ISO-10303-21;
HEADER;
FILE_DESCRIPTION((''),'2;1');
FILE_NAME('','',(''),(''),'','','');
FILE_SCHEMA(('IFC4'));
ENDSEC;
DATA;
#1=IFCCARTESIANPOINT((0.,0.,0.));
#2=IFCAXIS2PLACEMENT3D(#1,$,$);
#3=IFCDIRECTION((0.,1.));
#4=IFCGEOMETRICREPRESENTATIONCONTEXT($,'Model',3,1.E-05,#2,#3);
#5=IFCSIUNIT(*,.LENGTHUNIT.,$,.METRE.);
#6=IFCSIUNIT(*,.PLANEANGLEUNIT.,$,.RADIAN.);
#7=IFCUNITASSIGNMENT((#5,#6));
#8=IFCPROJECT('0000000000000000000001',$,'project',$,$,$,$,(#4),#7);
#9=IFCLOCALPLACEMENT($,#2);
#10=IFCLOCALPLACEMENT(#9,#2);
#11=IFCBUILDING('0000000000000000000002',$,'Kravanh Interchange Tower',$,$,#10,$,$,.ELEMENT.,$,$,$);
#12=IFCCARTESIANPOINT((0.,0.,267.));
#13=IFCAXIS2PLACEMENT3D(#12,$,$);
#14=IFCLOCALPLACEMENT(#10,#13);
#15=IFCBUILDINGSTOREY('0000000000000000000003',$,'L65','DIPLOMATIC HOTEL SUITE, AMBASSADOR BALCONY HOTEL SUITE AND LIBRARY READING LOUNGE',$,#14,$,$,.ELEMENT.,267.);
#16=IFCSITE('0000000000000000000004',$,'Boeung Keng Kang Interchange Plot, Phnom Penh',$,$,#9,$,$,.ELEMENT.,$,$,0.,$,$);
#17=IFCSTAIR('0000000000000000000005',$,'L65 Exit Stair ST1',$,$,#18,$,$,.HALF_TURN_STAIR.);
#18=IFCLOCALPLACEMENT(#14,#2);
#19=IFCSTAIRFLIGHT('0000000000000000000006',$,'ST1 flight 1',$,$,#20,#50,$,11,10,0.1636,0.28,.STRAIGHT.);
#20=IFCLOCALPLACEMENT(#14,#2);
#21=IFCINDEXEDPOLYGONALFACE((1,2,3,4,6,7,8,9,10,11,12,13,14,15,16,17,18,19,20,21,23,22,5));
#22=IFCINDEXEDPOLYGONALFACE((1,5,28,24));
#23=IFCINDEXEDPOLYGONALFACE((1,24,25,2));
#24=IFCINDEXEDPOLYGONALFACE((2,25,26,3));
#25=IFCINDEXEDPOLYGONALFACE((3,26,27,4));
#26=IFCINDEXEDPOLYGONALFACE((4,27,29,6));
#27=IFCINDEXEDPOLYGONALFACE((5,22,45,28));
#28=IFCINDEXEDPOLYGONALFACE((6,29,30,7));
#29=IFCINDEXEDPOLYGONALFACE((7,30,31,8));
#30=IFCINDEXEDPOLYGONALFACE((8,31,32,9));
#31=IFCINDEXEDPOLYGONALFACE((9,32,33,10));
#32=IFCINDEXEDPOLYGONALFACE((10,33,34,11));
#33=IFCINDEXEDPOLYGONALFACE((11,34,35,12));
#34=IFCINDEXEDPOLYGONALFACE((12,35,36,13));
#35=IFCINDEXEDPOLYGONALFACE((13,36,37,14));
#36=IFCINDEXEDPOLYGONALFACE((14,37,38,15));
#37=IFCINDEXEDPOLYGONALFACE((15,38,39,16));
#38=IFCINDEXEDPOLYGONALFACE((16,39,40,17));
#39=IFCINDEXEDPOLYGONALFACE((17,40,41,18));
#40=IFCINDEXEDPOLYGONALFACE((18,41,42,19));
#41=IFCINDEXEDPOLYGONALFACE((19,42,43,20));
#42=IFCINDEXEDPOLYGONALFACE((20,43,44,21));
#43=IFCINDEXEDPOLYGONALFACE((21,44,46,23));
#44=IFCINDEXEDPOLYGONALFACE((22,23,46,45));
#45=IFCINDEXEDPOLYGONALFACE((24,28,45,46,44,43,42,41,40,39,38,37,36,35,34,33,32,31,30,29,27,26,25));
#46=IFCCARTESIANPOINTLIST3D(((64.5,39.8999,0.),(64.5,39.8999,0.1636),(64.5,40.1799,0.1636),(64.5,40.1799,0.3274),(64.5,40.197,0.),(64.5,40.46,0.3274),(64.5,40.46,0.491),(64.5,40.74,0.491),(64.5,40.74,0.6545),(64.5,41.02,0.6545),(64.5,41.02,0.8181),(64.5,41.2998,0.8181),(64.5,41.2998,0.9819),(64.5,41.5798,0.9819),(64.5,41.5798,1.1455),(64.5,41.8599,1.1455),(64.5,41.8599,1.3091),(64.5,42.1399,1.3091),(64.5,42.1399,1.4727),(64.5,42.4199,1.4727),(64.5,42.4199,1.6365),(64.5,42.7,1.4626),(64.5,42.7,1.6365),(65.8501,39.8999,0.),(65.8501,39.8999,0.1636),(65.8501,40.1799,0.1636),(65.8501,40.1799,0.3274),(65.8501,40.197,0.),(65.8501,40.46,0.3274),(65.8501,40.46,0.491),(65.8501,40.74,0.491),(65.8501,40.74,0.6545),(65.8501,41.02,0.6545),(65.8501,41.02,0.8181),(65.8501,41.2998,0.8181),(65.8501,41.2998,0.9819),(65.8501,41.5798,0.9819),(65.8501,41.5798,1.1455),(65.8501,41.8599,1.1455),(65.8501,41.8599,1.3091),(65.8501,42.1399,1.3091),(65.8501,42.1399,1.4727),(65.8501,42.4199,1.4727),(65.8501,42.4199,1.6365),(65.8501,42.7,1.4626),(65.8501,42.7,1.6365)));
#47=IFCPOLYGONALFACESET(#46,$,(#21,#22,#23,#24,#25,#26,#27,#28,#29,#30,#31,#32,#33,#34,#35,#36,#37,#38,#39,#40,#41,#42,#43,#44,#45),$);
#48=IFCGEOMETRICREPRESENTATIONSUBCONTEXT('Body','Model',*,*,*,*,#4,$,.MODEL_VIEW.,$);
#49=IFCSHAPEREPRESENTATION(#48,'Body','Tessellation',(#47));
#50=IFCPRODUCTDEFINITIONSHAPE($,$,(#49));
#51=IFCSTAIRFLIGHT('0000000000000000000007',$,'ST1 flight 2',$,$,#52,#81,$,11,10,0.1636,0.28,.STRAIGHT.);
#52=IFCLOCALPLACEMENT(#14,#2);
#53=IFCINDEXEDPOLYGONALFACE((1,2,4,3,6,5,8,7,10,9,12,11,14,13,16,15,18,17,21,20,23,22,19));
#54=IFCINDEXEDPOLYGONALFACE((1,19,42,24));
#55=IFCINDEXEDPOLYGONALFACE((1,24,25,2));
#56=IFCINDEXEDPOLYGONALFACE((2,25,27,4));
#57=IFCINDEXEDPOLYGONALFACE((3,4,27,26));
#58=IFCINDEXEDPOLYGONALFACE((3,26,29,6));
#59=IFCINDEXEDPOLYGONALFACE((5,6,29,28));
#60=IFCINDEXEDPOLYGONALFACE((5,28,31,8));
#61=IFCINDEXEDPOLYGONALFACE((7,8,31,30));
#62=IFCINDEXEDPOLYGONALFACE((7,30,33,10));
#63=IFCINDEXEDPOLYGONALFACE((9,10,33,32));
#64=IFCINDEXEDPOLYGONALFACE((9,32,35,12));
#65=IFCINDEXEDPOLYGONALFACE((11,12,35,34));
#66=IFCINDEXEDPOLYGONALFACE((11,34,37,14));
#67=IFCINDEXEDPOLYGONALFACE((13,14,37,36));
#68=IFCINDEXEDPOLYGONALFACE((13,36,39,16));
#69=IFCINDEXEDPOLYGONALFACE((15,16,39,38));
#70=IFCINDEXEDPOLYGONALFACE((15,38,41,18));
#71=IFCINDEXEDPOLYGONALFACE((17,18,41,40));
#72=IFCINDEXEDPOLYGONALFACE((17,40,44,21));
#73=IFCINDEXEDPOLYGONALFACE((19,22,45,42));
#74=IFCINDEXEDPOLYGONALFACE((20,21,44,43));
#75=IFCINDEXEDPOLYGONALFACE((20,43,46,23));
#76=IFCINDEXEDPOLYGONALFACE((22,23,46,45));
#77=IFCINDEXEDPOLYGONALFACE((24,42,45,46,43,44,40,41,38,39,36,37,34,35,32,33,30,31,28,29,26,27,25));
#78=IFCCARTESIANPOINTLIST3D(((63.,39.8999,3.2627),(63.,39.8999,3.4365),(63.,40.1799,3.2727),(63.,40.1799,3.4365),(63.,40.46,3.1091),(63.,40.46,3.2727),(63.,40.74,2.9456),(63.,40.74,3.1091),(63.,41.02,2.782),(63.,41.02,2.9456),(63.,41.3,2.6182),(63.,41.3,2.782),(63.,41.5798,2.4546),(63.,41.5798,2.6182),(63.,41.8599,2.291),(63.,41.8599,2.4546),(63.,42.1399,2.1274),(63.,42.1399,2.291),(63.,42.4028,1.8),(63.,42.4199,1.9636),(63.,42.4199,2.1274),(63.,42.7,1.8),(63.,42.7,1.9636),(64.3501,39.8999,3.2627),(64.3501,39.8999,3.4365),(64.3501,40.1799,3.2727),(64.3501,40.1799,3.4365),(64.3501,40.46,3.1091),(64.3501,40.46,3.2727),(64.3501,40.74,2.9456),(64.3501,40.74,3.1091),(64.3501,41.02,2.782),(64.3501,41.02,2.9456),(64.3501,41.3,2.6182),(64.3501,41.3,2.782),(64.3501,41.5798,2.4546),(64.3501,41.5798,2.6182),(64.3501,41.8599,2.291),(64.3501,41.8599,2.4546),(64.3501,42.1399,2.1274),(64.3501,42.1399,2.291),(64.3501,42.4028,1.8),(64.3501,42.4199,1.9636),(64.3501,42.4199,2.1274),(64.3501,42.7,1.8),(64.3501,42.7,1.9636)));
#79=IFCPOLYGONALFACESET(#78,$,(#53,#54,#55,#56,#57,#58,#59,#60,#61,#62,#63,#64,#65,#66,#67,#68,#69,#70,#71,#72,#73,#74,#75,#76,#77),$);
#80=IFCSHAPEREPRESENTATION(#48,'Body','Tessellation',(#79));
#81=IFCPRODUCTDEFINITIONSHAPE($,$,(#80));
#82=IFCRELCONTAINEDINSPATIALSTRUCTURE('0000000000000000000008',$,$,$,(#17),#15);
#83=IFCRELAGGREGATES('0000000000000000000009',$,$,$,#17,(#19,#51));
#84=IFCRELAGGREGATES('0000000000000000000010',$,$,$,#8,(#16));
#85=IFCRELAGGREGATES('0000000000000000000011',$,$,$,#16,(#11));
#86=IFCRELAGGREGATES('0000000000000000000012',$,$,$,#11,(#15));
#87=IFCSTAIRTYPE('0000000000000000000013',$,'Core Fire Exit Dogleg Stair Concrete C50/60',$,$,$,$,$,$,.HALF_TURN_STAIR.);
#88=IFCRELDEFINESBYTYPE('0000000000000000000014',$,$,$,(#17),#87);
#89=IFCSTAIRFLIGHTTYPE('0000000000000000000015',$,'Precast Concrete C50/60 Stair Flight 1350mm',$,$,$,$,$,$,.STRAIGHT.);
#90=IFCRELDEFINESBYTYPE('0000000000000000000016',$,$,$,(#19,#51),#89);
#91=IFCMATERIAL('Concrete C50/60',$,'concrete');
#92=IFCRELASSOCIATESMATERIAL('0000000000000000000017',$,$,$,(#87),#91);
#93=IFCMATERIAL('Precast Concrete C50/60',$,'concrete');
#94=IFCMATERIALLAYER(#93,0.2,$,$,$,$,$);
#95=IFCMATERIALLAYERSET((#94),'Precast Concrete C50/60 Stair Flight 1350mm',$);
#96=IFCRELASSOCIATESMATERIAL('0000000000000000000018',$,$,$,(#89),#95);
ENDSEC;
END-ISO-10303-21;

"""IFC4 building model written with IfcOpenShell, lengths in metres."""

from ifc_helpers import new_model, si_unit, direction, frame, origin, place, context, subcontext, project, spatial, polyline, outline, extrude, material, layer, layer_set, type_object, element, aggregate, save


model = new_model("IFC4")

# Units and contexts
model_context = context("Model", 3, precision=1e-05, world=origin(), true_north=direction((0.0, 1.0)))
body_context = subcontext(model_context, "Body", "Model", "MODEL_VIEW")
ifc_project = project(units=[si_unit("LENGTHUNIT", "METRE"), si_unit("PLANEANGLEUNIT", "RADIAN")], contexts=[model_context])

# Site, building, storey
site_placement = place(None, origin())
site = spatial("IfcSite", under=ifc_project, at=site_placement, Name="Boeung Keng Kang Interchange Plot, Phnom Penh", CompositionType="ELEMENT", RefElevation=0.0)
building_placement = place(site_placement, origin())
building = spatial("IfcBuilding", under=site, at=building_placement, Name="Kravanh Interchange Tower", CompositionType="ELEMENT")
storey_placement = place(building_placement, frame((0.0, 0.0, 267.0)))
storey = spatial("IfcBuildingStorey", under=building, at=storey_placement, Name="L65", Description="DIPLOMATIC HOTEL SUITE, AMBASSADOR BALCONY HOTEL SUITE AND LIBRARY READING LOUNGE", CompositionType="ELEMENT", Elevation=267.0)

# Stair, stair flights
ifc_material_1 = material(Name="Concrete C50/60", Category="concrete")
stair_type = type_object("IfcStairType", Name="Core Fire Exit Dogleg Stair Concrete C50/60", PredefinedType="HALF_TURN_STAIR", material=ifc_material_1)
stair_placement = place(storey_placement, origin())
stair = element("IfcStair", 1, at=stair_placement, inside=storey, type_object=stair_type, Name="L65 Exit Stair ST1", PredefinedType="HALF_TURN_STAIR")
ifc_material_2 = material(Name="Precast Concrete C50/60", Category="concrete")
ifc_layer_1 = layer(ifc_material_2, 0.2)
ifc_layer_set_1 = layer_set([ifc_layer_1], Name="Precast Concrete C50/60 Stair Flight 1350mm")
stair_flight_type = type_object("IfcStairFlightType", Name="Precast Concrete C50/60 Stair Flight 1350mm", PredefinedType="STRAIGHT", material=ifc_layer_set_1)
stair_flight_1_placement = place(storey_placement, frame((65.175, 39.8999, 0.0), z_axis=(0.0, 0.0, 1.0), x_axis=(0.0, 1.0, 0.0)))
stair_flight_1 = element("IfcStairFlight", 2, at=stair_flight_1_placement, type_object=stair_flight_type, Name="ST1 flight 1", NumberOfRisers=11, NumberOfTreads=10, PredefinedType="STRAIGHT", RiserHeight=0.1636, TreadLength=0.28, context=body_context, shape_type="SweptSolid", body=[
    extrude(outline(polyline([(0.0, 0.0), (0.0, 0.1636), (0.28, 0.1636), (0.28, 0.3274), (0.5601, 0.3274), (0.5601, 0.491), (0.8401, 0.491), (0.8401, 0.6545), (1.1201, 0.6545), (1.1201, 0.8181), (1.3999, 0.8181), (1.3999, 0.9819), (1.6799, 0.9819), (1.6799, 1.1455), (1.96, 1.1455), (1.96, 1.3091), (2.24, 1.3091), (2.24, 1.4727), (2.52, 1.4727), (2.52, 1.6365), (2.8, 1.6365), (2.8, 1.8), (2.8, 1.4626), (0.2971, 0.0), (0.0, 0.0)])), frame((0.0, 0.675, 0.0), z_axis=(0.0, -1.0, 0.0), x_axis=(1.0, 0.0, 0.0)), (0.0, 0.0, 1.0), 1.3501),
])
stair_flight_2_placement = place(storey_placement, frame((63.675, 42.7, 1.8), z_axis=(0.0, 0.0, 1.0), x_axis=(0.0, -1.0, 0.0)))
stair_flight_2 = element("IfcStairFlight", 3, at=stair_flight_2_placement, type_object=stair_flight_type, Name="ST1 flight 2", NumberOfRisers=11, NumberOfTreads=10, PredefinedType="STRAIGHT", RiserHeight=0.1636, TreadLength=0.28, context=body_context, shape_type="SweptSolid", body=[
    extrude(outline(polyline([(0.0, 0.0), (0.0, 0.1636), (0.28, 0.1636), (0.28, 0.3274), (0.5601, 0.3274), (0.5601, 0.491), (0.8401, 0.491), (0.8401, 0.6545), (1.1201, 0.6545), (1.1201, 0.8181), (1.3999, 0.8181), (1.3999, 0.9819), (1.6799, 0.9819), (1.6799, 1.1455), (1.96, 1.1455), (1.96, 1.3091), (2.24, 1.3091), (2.24, 1.4727), (2.52, 1.4727), (2.52, 1.6365), (2.8, 1.6365), (2.8, 1.8), (2.8, 1.4626), (0.2971, 0.0), (0.0, 0.0)])), frame((0.0, 0.675, 0.0), z_axis=(0.0, -1.0, 0.0), x_axis=(1.0, 0.0, 0.0)), (0.0, 0.0, 1.0), 1.3501),
])
aggregate(stair, [stair_flight_1, stair_flight_2])

save(model, "model.ifc")
